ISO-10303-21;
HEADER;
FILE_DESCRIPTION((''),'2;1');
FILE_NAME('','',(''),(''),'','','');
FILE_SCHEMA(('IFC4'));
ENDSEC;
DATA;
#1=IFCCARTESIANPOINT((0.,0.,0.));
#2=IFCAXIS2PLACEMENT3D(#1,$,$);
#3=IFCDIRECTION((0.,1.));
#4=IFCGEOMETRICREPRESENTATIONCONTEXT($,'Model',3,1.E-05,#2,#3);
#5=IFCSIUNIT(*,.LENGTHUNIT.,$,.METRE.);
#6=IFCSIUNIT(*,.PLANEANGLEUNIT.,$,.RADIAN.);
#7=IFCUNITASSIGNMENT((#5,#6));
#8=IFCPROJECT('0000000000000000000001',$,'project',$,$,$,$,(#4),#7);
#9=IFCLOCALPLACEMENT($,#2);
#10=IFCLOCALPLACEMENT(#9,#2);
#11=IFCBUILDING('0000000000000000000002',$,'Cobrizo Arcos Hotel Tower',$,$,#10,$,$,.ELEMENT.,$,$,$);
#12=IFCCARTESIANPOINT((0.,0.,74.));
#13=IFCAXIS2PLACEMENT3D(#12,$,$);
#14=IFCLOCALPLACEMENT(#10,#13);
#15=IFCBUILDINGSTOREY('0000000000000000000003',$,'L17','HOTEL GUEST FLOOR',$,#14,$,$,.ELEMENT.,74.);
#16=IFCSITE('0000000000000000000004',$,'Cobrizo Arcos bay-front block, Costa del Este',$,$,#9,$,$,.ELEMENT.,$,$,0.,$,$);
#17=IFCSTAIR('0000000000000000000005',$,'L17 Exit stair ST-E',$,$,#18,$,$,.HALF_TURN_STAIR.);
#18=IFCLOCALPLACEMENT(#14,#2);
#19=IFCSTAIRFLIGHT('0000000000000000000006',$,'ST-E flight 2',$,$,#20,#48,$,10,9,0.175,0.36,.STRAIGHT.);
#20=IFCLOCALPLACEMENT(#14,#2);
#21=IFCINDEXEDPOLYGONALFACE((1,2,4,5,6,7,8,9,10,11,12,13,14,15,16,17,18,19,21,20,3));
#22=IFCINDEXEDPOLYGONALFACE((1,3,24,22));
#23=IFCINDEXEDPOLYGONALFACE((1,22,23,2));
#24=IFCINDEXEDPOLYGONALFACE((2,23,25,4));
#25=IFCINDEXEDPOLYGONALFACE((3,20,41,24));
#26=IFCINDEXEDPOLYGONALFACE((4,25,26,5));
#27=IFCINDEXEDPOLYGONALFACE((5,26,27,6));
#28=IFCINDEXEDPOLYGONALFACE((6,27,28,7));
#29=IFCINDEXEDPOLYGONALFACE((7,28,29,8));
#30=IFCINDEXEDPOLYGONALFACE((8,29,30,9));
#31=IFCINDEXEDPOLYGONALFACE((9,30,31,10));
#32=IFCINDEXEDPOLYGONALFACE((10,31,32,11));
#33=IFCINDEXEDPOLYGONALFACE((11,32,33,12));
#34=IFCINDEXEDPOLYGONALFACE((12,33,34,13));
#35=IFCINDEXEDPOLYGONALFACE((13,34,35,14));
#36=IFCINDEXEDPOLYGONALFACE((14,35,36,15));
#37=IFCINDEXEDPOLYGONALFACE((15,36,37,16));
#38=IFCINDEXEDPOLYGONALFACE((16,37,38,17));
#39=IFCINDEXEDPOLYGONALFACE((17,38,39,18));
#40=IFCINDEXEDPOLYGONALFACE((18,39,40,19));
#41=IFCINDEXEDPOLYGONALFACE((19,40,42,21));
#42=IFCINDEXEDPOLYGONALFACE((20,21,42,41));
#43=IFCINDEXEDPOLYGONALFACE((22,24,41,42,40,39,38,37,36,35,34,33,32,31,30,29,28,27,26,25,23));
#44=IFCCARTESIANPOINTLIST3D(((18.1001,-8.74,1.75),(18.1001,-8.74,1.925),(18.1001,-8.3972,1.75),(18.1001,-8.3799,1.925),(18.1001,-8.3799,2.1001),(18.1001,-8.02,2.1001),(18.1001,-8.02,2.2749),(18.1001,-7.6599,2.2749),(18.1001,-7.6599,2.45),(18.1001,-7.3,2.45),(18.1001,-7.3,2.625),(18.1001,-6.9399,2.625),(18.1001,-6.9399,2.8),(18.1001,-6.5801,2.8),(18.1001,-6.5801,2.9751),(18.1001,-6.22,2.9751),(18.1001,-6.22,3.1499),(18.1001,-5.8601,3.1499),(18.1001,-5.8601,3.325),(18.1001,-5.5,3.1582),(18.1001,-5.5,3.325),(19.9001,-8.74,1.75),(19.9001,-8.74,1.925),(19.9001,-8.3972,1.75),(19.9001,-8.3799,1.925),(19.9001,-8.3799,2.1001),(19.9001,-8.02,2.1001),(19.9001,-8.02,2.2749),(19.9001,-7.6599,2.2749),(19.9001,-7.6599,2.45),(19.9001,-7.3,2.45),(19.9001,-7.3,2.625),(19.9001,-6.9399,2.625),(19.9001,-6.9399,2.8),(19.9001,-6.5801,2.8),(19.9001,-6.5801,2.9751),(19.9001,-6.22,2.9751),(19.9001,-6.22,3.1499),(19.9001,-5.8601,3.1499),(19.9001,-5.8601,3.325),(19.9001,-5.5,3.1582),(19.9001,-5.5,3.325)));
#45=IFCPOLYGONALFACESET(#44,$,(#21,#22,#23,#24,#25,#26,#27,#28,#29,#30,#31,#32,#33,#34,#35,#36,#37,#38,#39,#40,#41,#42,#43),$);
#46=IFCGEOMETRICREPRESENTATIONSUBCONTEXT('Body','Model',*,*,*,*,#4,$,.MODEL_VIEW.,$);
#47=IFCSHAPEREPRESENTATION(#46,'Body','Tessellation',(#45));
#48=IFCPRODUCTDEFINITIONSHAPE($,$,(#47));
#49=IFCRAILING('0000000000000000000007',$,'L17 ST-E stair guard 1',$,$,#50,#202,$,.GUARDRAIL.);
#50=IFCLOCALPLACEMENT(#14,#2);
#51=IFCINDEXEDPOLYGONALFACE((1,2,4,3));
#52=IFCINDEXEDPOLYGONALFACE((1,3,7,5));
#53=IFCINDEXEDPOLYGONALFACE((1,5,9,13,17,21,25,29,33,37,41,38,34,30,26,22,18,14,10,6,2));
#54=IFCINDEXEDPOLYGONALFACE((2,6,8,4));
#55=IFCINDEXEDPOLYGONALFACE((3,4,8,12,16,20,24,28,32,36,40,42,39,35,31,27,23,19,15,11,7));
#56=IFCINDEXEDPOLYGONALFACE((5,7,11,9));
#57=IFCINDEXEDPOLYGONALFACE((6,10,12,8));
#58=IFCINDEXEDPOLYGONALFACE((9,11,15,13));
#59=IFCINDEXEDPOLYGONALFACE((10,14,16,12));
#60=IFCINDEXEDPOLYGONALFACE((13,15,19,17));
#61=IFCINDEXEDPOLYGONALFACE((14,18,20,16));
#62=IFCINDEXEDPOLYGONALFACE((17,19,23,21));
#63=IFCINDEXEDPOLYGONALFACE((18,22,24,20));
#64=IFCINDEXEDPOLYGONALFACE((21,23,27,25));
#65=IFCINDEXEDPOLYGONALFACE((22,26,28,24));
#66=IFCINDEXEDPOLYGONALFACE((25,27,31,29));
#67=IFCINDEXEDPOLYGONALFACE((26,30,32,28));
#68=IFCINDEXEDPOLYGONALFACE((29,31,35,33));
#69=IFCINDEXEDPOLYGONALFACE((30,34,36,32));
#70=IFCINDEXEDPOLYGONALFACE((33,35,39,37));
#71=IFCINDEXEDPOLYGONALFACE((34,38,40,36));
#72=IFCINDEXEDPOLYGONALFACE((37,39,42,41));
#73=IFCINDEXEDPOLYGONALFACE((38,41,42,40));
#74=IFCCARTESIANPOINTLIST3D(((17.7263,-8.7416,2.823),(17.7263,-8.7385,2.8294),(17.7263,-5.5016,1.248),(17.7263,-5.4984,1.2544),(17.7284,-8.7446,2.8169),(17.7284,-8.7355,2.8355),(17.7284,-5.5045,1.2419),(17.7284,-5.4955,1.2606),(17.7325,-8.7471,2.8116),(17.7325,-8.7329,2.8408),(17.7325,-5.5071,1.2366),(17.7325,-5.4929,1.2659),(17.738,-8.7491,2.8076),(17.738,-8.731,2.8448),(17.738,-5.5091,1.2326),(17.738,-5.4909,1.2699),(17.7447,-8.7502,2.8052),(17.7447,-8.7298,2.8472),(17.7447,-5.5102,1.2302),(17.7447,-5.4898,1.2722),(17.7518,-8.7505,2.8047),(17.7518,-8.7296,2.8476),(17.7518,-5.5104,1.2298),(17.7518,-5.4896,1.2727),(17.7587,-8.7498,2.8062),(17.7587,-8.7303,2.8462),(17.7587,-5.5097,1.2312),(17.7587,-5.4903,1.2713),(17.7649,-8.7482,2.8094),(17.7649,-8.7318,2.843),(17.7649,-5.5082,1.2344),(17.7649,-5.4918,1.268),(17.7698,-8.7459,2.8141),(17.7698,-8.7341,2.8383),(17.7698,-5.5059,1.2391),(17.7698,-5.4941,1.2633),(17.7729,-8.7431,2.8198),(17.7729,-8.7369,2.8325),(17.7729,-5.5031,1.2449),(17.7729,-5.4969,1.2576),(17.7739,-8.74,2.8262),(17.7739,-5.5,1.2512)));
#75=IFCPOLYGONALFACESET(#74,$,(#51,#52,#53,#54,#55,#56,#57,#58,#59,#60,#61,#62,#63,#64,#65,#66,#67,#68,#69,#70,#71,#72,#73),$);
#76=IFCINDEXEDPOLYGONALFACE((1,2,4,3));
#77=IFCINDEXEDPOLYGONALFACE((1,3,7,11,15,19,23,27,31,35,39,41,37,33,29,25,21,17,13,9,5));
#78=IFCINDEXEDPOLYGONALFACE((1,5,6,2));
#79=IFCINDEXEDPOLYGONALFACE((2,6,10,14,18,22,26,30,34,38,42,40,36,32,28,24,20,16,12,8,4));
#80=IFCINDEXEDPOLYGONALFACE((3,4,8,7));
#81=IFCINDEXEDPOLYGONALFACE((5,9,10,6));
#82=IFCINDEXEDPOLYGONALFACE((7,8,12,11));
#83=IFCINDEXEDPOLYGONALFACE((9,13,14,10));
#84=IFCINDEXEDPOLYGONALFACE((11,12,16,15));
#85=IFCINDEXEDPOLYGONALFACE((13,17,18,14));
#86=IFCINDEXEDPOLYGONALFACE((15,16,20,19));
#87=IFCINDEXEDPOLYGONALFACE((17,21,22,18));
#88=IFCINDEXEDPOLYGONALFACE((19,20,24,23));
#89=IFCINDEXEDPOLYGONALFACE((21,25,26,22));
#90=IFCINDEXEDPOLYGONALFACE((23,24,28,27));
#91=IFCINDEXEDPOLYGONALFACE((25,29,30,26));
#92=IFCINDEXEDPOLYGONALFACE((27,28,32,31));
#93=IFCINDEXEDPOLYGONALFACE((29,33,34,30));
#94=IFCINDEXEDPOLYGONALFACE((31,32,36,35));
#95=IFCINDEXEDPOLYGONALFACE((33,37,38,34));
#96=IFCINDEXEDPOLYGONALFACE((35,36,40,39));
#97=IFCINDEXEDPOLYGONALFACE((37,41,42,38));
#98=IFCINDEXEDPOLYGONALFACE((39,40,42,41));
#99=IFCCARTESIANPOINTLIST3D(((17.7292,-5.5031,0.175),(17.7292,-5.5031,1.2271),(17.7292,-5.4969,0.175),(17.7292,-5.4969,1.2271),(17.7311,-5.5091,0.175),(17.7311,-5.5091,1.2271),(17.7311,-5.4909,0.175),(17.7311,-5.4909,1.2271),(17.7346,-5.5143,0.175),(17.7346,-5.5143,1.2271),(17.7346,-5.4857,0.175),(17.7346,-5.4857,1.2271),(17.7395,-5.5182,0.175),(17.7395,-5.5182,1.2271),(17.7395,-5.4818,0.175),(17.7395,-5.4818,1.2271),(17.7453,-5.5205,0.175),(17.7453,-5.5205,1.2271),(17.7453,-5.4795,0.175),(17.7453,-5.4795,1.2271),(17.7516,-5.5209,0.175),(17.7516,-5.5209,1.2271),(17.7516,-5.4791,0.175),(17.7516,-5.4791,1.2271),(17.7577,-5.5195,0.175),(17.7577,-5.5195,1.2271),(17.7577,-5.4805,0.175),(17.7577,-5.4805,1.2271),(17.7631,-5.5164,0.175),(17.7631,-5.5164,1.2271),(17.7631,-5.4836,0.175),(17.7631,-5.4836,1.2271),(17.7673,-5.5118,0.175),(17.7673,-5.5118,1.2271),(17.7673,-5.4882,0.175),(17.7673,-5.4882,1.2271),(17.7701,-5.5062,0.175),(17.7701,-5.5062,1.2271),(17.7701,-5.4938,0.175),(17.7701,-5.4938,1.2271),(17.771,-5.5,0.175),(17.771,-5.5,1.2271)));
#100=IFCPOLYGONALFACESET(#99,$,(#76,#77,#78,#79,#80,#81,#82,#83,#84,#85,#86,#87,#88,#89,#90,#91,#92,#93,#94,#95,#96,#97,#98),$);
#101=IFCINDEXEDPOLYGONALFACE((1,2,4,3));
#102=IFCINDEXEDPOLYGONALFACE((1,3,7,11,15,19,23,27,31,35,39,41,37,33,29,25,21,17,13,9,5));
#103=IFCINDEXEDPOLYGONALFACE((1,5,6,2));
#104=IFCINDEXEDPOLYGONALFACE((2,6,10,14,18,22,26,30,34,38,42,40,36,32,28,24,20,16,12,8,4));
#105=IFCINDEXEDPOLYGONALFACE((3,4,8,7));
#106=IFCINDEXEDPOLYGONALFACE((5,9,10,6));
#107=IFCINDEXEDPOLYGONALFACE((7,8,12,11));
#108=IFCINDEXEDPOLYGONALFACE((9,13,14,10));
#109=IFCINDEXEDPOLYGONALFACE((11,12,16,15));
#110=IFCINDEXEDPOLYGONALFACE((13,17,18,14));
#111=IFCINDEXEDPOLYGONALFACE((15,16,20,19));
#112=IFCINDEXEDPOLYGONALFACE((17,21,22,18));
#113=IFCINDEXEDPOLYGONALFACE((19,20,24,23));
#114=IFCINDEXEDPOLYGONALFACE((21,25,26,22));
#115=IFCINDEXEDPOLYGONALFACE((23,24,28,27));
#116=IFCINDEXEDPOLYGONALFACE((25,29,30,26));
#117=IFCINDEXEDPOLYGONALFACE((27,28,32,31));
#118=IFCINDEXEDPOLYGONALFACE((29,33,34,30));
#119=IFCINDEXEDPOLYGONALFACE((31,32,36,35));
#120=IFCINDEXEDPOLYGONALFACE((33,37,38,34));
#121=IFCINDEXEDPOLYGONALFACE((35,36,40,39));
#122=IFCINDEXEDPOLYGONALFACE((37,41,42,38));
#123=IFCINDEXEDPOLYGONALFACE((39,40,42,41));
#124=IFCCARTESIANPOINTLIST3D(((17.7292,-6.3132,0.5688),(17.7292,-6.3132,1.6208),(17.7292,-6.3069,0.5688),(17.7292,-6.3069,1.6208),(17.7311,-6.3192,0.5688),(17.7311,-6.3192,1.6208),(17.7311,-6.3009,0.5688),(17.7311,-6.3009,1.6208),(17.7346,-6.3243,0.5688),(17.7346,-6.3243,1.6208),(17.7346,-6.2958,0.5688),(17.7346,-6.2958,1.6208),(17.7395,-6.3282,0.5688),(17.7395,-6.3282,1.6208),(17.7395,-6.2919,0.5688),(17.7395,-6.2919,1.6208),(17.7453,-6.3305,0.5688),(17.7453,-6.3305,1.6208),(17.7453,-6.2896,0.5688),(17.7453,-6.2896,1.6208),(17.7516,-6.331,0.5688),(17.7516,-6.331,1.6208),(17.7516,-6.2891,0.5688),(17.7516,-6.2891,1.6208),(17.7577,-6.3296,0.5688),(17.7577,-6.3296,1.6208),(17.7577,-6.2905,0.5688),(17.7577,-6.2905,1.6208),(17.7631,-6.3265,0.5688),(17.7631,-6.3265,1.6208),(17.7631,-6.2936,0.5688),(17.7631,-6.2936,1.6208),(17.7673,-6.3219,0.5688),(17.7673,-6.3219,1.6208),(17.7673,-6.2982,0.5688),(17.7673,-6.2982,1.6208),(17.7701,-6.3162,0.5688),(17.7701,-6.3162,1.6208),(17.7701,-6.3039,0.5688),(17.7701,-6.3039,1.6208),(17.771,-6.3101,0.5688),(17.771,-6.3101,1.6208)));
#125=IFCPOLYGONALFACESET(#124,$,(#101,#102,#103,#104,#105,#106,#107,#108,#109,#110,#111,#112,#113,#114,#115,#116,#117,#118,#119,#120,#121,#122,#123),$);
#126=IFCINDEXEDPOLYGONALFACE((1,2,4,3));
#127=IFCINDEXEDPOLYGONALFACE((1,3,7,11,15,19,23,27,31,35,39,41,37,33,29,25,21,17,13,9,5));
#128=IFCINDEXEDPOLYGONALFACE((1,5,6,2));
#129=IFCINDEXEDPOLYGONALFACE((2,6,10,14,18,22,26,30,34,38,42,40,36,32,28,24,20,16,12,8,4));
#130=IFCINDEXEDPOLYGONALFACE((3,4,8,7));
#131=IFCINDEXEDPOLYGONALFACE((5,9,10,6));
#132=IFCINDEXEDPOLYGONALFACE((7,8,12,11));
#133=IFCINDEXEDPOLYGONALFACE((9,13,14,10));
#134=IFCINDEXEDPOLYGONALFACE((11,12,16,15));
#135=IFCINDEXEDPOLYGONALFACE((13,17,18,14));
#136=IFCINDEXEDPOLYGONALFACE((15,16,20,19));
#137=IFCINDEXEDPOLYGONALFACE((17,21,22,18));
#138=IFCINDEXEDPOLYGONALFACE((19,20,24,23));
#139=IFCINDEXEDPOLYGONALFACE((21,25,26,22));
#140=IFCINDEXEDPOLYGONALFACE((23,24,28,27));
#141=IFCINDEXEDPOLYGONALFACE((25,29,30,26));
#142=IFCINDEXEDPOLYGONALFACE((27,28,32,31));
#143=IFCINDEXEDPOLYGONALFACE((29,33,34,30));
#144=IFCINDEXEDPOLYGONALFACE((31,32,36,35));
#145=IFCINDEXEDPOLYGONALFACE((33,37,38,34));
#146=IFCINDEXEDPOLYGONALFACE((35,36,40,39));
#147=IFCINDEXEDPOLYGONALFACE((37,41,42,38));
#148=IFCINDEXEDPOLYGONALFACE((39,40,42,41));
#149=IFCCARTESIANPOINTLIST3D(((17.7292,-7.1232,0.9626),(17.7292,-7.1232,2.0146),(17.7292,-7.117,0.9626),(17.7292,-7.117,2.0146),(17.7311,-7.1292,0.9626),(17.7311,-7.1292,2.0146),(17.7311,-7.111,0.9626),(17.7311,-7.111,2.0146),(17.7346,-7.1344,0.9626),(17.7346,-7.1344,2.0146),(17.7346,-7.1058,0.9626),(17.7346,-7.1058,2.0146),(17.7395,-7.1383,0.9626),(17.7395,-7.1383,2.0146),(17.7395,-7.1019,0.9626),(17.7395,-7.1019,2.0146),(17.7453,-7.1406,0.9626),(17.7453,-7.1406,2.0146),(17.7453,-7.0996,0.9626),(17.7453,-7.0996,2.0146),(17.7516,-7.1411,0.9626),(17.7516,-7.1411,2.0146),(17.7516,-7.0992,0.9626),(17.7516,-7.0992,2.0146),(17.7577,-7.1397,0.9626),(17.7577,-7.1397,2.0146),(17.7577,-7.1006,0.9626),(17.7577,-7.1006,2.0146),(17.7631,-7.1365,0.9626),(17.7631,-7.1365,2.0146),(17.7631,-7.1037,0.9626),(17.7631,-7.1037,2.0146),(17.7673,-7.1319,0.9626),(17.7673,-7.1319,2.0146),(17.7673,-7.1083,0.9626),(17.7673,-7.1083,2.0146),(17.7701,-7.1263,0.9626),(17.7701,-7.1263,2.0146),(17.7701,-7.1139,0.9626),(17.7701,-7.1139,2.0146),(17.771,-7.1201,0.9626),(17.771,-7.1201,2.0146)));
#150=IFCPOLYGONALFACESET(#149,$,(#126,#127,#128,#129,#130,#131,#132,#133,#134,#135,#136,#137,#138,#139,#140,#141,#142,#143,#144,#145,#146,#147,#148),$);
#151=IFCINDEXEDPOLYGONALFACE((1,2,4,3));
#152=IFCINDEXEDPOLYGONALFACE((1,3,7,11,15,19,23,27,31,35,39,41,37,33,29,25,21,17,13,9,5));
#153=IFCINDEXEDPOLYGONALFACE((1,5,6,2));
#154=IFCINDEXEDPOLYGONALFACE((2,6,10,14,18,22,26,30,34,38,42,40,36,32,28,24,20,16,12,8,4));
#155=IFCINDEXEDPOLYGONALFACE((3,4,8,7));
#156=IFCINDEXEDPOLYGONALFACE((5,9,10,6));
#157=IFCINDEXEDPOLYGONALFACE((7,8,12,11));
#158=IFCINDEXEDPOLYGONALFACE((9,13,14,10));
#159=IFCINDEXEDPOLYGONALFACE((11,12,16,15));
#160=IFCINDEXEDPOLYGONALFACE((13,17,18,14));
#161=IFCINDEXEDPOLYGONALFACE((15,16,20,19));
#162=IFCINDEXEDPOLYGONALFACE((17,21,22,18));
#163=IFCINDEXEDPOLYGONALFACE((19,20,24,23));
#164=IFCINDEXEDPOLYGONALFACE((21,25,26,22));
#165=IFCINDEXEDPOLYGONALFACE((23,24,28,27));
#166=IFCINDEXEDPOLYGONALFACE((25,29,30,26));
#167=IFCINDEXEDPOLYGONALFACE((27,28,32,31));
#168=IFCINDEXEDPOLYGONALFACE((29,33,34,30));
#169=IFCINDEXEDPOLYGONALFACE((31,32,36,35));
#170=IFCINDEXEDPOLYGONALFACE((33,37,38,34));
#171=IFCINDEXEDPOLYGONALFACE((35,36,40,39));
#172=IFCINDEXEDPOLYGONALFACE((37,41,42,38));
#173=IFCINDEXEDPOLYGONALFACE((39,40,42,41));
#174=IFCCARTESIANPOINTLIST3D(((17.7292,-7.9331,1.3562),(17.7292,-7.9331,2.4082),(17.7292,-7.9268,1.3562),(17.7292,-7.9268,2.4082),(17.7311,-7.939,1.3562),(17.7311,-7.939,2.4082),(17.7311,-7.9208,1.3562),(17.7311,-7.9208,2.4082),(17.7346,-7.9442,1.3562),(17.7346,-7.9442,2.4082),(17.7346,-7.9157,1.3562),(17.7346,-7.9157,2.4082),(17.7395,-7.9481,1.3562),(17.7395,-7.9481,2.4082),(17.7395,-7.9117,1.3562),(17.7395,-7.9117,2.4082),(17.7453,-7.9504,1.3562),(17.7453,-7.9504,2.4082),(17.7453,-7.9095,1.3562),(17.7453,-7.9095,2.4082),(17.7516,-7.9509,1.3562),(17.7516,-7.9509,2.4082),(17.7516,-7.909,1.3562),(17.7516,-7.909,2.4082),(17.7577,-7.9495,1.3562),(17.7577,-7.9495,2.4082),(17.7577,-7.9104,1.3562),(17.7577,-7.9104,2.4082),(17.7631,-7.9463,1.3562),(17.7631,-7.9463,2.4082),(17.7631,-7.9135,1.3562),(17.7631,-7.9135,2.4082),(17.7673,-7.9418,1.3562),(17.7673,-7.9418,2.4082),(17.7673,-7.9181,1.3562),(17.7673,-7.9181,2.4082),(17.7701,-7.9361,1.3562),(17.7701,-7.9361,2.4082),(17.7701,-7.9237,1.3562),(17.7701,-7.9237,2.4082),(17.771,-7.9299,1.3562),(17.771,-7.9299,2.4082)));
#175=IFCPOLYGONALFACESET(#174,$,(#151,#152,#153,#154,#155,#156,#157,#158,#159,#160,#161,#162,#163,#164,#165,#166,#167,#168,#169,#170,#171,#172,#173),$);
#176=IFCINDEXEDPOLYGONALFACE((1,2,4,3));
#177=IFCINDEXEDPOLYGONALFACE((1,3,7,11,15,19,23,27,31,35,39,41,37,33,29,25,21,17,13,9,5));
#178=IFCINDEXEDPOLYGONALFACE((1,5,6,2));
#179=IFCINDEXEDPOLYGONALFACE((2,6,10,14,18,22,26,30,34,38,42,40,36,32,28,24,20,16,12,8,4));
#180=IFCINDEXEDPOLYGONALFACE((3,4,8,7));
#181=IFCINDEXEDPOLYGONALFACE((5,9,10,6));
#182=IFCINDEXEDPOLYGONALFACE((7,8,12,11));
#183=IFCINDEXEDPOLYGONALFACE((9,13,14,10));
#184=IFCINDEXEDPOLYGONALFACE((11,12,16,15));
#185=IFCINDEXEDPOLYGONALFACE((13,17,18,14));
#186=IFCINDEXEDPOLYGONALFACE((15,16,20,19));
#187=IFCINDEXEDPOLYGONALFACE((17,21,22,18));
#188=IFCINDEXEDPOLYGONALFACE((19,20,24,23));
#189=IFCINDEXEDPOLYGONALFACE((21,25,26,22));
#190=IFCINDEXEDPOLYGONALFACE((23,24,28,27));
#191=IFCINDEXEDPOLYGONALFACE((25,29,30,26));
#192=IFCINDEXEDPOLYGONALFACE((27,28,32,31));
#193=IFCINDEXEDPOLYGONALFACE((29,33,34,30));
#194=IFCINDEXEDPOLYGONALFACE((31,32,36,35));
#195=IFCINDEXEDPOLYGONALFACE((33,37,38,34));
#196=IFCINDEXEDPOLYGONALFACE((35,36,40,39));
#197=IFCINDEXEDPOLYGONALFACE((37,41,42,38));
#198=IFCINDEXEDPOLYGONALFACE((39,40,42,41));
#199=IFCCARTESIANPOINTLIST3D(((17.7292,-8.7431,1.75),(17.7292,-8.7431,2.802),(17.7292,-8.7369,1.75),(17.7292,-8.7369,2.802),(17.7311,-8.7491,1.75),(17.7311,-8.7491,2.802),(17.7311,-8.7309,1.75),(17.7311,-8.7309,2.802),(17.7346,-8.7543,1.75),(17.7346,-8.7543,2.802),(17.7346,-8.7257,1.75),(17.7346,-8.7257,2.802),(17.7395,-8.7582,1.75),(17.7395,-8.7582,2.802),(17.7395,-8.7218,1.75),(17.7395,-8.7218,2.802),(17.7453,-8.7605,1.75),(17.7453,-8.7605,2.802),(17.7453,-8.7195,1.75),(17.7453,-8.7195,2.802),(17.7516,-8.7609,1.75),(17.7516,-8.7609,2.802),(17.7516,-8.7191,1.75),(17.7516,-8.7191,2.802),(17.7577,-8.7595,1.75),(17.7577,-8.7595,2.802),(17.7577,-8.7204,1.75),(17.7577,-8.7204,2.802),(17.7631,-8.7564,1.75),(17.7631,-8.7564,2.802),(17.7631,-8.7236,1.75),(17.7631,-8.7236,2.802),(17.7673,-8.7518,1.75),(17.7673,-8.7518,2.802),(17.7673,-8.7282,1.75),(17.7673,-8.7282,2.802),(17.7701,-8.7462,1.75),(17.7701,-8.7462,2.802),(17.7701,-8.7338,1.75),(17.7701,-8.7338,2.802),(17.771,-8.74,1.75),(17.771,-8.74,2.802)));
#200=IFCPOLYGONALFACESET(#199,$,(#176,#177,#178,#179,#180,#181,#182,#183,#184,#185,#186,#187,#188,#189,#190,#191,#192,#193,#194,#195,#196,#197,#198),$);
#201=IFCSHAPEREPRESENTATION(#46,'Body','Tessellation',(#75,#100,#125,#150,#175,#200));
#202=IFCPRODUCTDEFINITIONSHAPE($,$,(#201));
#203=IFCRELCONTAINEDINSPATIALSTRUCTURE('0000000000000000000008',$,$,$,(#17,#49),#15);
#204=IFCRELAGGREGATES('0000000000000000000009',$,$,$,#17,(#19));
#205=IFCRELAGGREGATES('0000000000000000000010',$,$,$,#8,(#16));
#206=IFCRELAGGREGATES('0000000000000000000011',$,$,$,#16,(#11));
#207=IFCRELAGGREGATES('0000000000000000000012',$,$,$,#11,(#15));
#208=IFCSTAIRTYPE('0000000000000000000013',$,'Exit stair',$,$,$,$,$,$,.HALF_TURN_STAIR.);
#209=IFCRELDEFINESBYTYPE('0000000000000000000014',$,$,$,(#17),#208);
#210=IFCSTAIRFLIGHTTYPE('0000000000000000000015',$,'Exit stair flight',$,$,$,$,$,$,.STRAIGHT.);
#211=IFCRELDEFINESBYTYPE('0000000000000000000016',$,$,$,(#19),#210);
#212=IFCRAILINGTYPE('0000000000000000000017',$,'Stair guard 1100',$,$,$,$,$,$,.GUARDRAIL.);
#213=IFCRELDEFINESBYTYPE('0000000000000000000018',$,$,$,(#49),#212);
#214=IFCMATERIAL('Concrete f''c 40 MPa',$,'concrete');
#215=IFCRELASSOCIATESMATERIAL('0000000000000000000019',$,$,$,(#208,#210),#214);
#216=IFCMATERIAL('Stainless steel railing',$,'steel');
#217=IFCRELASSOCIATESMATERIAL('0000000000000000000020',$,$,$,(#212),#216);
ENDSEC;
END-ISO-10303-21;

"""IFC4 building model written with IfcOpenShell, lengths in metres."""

from ifc_helpers import new_model, si_unit, direction, frame, origin, origin_2d, place, context, subcontext, project, spatial, polyline, circle, outline, extrude, material, type_object, element, aggregate, save


model = new_model("IFC4")

# Units and contexts
model_context = context("Model", 3, precision=1e-05, world=origin(), true_north=direction((0.0, 1.0)))
body_context = subcontext(model_context, "Body", "Model", "MODEL_VIEW")
ifc_project = project(units=[si_unit("LENGTHUNIT", "METRE"), si_unit("PLANEANGLEUNIT", "RADIAN")], contexts=[model_context])

# Site, building, storey
site_placement = place(None, origin())
site = spatial("IfcSite", under=ifc_project, at=site_placement, Name="Cobrizo Arcos bay-front block, Costa del Este", CompositionType="ELEMENT", RefElevation=0.0)
building_placement = place(site_placement, origin())
building = spatial("IfcBuilding", under=site, at=building_placement, Name="Cobrizo Arcos Hotel Tower", CompositionType="ELEMENT")
storey_placement = place(building_placement, frame((0.0, 0.0, 74.0)))
storey = spatial("IfcBuildingStorey", under=building, at=storey_placement, Name="L17", Description="HOTEL GUEST FLOOR", CompositionType="ELEMENT", Elevation=74.0)

# Shared definitions
ifc_material_1 = material(Name="Concrete f'c 40 MPa", Category="concrete")

# Stair, stair flight
stair_type = type_object("IfcStairType", Name="Exit stair", PredefinedType="HALF_TURN_STAIR", material=ifc_material_1)
stair_placement = place(storey_placement, origin())
stair = element("IfcStair", 1, at=stair_placement, inside=storey, type_object=stair_type, Name="L17 Exit stair ST-E", PredefinedType="HALF_TURN_STAIR")
stair_flight_type = type_object("IfcStairFlightType", Name="Exit stair flight", PredefinedType="STRAIGHT", material=ifc_material_1)
stair_flight_1_placement = place(storey_placement, frame((19.0, -8.74, 1.75), z_axis=(0.0, 0.0, 1.0), x_axis=(0.0, 1.0, 0.0)))
stair_flight_1 = element("IfcStairFlight", 2, at=stair_flight_1_placement, type_object=stair_flight_type, Name="ST-E flight 2", NumberOfRisers=10, NumberOfTreads=9, PredefinedType="STRAIGHT", RiserHeight=0.175, TreadLength=0.36, context=body_context, shape_type="SweptSolid", body=[
    extrude(outline(polyline([(0.0, 0.0), (0.0, 0.175), (0.3601, 0.175), (0.3601, 0.3501), (0.72, 0.3501), (0.72, 0.5249), (1.0801, 0.5249), (1.0801, 0.7), (1.4399, 0.7), (1.4399, 0.875), (1.8, 0.875), (1.8, 1.05), (2.1599, 1.05), (2.1599, 1.2251), (2.52, 1.2251), (2.52, 1.3999), (2.8799, 1.3999), (2.8799, 1.575), (3.24, 1.575), (3.24, 1.75), (3.24, 1.4082), (0.3428, 0.0), (0.0, 0.0)])), frame((0.0, 0.8999, 0.0), z_axis=(0.0, -1.0, 0.0), x_axis=(1.0, 0.0, 0.0)), (0.0, 0.0, 1.0), 1.8),
])
aggregate(stair, [stair_flight_1])

# Railing
ifc_material_2 = material(Name="Stainless steel railing", Category="steel")
railing_type_1 = type_object("IfcRailingType", Name="Stair guard 1100", PredefinedType="GUARDRAIL", material=ifc_material_2)
railing_1_placement = place(storey_placement, frame((17.75, -5.5, 0.175)))
element("IfcRailing", 3, at=railing_1_placement, inside=storey, type_object=railing_type_1, Name="L17 ST-E stair guard 1", PredefinedType="GUARDRAIL", context=body_context, shape_type="SweptSolid", body=[
    extrude(circle(Radius=0.0239, at=origin_2d()), frame((0.0, 0.0, 1.0762), z_axis=(0.0, -0.899373, 0.437183), x_axis=(1.0, 0.0, 0.0)), (0.0, 0.0, 1.0), 3.6025),
    extrude(circle(Radius=0.021, at=origin_2d()), origin(), (0.0, 0.0, 1.0), 1.052),
    extrude(circle(Radius=0.021, at=origin_2d()), frame((0.0, -0.8101, 0.3938)), (0.0, 0.0, 1.0), 1.052),
    extrude(circle(Radius=0.021, at=origin_2d()), frame((0.0, -1.6201, 0.7876)), (0.0, 0.0, 1.0), 1.052),
    extrude(circle(Radius=0.021, at=origin_2d()), frame((0.0, -2.4299, 1.1812)), (0.0, 0.0, 1.0), 1.052),
    extrude(circle(Radius=0.021, at=origin_2d()), frame((0.0, -3.24, 1.575)), (0.0, 0.0, 1.0), 1.052),
])

save(model, "model.ifc")
